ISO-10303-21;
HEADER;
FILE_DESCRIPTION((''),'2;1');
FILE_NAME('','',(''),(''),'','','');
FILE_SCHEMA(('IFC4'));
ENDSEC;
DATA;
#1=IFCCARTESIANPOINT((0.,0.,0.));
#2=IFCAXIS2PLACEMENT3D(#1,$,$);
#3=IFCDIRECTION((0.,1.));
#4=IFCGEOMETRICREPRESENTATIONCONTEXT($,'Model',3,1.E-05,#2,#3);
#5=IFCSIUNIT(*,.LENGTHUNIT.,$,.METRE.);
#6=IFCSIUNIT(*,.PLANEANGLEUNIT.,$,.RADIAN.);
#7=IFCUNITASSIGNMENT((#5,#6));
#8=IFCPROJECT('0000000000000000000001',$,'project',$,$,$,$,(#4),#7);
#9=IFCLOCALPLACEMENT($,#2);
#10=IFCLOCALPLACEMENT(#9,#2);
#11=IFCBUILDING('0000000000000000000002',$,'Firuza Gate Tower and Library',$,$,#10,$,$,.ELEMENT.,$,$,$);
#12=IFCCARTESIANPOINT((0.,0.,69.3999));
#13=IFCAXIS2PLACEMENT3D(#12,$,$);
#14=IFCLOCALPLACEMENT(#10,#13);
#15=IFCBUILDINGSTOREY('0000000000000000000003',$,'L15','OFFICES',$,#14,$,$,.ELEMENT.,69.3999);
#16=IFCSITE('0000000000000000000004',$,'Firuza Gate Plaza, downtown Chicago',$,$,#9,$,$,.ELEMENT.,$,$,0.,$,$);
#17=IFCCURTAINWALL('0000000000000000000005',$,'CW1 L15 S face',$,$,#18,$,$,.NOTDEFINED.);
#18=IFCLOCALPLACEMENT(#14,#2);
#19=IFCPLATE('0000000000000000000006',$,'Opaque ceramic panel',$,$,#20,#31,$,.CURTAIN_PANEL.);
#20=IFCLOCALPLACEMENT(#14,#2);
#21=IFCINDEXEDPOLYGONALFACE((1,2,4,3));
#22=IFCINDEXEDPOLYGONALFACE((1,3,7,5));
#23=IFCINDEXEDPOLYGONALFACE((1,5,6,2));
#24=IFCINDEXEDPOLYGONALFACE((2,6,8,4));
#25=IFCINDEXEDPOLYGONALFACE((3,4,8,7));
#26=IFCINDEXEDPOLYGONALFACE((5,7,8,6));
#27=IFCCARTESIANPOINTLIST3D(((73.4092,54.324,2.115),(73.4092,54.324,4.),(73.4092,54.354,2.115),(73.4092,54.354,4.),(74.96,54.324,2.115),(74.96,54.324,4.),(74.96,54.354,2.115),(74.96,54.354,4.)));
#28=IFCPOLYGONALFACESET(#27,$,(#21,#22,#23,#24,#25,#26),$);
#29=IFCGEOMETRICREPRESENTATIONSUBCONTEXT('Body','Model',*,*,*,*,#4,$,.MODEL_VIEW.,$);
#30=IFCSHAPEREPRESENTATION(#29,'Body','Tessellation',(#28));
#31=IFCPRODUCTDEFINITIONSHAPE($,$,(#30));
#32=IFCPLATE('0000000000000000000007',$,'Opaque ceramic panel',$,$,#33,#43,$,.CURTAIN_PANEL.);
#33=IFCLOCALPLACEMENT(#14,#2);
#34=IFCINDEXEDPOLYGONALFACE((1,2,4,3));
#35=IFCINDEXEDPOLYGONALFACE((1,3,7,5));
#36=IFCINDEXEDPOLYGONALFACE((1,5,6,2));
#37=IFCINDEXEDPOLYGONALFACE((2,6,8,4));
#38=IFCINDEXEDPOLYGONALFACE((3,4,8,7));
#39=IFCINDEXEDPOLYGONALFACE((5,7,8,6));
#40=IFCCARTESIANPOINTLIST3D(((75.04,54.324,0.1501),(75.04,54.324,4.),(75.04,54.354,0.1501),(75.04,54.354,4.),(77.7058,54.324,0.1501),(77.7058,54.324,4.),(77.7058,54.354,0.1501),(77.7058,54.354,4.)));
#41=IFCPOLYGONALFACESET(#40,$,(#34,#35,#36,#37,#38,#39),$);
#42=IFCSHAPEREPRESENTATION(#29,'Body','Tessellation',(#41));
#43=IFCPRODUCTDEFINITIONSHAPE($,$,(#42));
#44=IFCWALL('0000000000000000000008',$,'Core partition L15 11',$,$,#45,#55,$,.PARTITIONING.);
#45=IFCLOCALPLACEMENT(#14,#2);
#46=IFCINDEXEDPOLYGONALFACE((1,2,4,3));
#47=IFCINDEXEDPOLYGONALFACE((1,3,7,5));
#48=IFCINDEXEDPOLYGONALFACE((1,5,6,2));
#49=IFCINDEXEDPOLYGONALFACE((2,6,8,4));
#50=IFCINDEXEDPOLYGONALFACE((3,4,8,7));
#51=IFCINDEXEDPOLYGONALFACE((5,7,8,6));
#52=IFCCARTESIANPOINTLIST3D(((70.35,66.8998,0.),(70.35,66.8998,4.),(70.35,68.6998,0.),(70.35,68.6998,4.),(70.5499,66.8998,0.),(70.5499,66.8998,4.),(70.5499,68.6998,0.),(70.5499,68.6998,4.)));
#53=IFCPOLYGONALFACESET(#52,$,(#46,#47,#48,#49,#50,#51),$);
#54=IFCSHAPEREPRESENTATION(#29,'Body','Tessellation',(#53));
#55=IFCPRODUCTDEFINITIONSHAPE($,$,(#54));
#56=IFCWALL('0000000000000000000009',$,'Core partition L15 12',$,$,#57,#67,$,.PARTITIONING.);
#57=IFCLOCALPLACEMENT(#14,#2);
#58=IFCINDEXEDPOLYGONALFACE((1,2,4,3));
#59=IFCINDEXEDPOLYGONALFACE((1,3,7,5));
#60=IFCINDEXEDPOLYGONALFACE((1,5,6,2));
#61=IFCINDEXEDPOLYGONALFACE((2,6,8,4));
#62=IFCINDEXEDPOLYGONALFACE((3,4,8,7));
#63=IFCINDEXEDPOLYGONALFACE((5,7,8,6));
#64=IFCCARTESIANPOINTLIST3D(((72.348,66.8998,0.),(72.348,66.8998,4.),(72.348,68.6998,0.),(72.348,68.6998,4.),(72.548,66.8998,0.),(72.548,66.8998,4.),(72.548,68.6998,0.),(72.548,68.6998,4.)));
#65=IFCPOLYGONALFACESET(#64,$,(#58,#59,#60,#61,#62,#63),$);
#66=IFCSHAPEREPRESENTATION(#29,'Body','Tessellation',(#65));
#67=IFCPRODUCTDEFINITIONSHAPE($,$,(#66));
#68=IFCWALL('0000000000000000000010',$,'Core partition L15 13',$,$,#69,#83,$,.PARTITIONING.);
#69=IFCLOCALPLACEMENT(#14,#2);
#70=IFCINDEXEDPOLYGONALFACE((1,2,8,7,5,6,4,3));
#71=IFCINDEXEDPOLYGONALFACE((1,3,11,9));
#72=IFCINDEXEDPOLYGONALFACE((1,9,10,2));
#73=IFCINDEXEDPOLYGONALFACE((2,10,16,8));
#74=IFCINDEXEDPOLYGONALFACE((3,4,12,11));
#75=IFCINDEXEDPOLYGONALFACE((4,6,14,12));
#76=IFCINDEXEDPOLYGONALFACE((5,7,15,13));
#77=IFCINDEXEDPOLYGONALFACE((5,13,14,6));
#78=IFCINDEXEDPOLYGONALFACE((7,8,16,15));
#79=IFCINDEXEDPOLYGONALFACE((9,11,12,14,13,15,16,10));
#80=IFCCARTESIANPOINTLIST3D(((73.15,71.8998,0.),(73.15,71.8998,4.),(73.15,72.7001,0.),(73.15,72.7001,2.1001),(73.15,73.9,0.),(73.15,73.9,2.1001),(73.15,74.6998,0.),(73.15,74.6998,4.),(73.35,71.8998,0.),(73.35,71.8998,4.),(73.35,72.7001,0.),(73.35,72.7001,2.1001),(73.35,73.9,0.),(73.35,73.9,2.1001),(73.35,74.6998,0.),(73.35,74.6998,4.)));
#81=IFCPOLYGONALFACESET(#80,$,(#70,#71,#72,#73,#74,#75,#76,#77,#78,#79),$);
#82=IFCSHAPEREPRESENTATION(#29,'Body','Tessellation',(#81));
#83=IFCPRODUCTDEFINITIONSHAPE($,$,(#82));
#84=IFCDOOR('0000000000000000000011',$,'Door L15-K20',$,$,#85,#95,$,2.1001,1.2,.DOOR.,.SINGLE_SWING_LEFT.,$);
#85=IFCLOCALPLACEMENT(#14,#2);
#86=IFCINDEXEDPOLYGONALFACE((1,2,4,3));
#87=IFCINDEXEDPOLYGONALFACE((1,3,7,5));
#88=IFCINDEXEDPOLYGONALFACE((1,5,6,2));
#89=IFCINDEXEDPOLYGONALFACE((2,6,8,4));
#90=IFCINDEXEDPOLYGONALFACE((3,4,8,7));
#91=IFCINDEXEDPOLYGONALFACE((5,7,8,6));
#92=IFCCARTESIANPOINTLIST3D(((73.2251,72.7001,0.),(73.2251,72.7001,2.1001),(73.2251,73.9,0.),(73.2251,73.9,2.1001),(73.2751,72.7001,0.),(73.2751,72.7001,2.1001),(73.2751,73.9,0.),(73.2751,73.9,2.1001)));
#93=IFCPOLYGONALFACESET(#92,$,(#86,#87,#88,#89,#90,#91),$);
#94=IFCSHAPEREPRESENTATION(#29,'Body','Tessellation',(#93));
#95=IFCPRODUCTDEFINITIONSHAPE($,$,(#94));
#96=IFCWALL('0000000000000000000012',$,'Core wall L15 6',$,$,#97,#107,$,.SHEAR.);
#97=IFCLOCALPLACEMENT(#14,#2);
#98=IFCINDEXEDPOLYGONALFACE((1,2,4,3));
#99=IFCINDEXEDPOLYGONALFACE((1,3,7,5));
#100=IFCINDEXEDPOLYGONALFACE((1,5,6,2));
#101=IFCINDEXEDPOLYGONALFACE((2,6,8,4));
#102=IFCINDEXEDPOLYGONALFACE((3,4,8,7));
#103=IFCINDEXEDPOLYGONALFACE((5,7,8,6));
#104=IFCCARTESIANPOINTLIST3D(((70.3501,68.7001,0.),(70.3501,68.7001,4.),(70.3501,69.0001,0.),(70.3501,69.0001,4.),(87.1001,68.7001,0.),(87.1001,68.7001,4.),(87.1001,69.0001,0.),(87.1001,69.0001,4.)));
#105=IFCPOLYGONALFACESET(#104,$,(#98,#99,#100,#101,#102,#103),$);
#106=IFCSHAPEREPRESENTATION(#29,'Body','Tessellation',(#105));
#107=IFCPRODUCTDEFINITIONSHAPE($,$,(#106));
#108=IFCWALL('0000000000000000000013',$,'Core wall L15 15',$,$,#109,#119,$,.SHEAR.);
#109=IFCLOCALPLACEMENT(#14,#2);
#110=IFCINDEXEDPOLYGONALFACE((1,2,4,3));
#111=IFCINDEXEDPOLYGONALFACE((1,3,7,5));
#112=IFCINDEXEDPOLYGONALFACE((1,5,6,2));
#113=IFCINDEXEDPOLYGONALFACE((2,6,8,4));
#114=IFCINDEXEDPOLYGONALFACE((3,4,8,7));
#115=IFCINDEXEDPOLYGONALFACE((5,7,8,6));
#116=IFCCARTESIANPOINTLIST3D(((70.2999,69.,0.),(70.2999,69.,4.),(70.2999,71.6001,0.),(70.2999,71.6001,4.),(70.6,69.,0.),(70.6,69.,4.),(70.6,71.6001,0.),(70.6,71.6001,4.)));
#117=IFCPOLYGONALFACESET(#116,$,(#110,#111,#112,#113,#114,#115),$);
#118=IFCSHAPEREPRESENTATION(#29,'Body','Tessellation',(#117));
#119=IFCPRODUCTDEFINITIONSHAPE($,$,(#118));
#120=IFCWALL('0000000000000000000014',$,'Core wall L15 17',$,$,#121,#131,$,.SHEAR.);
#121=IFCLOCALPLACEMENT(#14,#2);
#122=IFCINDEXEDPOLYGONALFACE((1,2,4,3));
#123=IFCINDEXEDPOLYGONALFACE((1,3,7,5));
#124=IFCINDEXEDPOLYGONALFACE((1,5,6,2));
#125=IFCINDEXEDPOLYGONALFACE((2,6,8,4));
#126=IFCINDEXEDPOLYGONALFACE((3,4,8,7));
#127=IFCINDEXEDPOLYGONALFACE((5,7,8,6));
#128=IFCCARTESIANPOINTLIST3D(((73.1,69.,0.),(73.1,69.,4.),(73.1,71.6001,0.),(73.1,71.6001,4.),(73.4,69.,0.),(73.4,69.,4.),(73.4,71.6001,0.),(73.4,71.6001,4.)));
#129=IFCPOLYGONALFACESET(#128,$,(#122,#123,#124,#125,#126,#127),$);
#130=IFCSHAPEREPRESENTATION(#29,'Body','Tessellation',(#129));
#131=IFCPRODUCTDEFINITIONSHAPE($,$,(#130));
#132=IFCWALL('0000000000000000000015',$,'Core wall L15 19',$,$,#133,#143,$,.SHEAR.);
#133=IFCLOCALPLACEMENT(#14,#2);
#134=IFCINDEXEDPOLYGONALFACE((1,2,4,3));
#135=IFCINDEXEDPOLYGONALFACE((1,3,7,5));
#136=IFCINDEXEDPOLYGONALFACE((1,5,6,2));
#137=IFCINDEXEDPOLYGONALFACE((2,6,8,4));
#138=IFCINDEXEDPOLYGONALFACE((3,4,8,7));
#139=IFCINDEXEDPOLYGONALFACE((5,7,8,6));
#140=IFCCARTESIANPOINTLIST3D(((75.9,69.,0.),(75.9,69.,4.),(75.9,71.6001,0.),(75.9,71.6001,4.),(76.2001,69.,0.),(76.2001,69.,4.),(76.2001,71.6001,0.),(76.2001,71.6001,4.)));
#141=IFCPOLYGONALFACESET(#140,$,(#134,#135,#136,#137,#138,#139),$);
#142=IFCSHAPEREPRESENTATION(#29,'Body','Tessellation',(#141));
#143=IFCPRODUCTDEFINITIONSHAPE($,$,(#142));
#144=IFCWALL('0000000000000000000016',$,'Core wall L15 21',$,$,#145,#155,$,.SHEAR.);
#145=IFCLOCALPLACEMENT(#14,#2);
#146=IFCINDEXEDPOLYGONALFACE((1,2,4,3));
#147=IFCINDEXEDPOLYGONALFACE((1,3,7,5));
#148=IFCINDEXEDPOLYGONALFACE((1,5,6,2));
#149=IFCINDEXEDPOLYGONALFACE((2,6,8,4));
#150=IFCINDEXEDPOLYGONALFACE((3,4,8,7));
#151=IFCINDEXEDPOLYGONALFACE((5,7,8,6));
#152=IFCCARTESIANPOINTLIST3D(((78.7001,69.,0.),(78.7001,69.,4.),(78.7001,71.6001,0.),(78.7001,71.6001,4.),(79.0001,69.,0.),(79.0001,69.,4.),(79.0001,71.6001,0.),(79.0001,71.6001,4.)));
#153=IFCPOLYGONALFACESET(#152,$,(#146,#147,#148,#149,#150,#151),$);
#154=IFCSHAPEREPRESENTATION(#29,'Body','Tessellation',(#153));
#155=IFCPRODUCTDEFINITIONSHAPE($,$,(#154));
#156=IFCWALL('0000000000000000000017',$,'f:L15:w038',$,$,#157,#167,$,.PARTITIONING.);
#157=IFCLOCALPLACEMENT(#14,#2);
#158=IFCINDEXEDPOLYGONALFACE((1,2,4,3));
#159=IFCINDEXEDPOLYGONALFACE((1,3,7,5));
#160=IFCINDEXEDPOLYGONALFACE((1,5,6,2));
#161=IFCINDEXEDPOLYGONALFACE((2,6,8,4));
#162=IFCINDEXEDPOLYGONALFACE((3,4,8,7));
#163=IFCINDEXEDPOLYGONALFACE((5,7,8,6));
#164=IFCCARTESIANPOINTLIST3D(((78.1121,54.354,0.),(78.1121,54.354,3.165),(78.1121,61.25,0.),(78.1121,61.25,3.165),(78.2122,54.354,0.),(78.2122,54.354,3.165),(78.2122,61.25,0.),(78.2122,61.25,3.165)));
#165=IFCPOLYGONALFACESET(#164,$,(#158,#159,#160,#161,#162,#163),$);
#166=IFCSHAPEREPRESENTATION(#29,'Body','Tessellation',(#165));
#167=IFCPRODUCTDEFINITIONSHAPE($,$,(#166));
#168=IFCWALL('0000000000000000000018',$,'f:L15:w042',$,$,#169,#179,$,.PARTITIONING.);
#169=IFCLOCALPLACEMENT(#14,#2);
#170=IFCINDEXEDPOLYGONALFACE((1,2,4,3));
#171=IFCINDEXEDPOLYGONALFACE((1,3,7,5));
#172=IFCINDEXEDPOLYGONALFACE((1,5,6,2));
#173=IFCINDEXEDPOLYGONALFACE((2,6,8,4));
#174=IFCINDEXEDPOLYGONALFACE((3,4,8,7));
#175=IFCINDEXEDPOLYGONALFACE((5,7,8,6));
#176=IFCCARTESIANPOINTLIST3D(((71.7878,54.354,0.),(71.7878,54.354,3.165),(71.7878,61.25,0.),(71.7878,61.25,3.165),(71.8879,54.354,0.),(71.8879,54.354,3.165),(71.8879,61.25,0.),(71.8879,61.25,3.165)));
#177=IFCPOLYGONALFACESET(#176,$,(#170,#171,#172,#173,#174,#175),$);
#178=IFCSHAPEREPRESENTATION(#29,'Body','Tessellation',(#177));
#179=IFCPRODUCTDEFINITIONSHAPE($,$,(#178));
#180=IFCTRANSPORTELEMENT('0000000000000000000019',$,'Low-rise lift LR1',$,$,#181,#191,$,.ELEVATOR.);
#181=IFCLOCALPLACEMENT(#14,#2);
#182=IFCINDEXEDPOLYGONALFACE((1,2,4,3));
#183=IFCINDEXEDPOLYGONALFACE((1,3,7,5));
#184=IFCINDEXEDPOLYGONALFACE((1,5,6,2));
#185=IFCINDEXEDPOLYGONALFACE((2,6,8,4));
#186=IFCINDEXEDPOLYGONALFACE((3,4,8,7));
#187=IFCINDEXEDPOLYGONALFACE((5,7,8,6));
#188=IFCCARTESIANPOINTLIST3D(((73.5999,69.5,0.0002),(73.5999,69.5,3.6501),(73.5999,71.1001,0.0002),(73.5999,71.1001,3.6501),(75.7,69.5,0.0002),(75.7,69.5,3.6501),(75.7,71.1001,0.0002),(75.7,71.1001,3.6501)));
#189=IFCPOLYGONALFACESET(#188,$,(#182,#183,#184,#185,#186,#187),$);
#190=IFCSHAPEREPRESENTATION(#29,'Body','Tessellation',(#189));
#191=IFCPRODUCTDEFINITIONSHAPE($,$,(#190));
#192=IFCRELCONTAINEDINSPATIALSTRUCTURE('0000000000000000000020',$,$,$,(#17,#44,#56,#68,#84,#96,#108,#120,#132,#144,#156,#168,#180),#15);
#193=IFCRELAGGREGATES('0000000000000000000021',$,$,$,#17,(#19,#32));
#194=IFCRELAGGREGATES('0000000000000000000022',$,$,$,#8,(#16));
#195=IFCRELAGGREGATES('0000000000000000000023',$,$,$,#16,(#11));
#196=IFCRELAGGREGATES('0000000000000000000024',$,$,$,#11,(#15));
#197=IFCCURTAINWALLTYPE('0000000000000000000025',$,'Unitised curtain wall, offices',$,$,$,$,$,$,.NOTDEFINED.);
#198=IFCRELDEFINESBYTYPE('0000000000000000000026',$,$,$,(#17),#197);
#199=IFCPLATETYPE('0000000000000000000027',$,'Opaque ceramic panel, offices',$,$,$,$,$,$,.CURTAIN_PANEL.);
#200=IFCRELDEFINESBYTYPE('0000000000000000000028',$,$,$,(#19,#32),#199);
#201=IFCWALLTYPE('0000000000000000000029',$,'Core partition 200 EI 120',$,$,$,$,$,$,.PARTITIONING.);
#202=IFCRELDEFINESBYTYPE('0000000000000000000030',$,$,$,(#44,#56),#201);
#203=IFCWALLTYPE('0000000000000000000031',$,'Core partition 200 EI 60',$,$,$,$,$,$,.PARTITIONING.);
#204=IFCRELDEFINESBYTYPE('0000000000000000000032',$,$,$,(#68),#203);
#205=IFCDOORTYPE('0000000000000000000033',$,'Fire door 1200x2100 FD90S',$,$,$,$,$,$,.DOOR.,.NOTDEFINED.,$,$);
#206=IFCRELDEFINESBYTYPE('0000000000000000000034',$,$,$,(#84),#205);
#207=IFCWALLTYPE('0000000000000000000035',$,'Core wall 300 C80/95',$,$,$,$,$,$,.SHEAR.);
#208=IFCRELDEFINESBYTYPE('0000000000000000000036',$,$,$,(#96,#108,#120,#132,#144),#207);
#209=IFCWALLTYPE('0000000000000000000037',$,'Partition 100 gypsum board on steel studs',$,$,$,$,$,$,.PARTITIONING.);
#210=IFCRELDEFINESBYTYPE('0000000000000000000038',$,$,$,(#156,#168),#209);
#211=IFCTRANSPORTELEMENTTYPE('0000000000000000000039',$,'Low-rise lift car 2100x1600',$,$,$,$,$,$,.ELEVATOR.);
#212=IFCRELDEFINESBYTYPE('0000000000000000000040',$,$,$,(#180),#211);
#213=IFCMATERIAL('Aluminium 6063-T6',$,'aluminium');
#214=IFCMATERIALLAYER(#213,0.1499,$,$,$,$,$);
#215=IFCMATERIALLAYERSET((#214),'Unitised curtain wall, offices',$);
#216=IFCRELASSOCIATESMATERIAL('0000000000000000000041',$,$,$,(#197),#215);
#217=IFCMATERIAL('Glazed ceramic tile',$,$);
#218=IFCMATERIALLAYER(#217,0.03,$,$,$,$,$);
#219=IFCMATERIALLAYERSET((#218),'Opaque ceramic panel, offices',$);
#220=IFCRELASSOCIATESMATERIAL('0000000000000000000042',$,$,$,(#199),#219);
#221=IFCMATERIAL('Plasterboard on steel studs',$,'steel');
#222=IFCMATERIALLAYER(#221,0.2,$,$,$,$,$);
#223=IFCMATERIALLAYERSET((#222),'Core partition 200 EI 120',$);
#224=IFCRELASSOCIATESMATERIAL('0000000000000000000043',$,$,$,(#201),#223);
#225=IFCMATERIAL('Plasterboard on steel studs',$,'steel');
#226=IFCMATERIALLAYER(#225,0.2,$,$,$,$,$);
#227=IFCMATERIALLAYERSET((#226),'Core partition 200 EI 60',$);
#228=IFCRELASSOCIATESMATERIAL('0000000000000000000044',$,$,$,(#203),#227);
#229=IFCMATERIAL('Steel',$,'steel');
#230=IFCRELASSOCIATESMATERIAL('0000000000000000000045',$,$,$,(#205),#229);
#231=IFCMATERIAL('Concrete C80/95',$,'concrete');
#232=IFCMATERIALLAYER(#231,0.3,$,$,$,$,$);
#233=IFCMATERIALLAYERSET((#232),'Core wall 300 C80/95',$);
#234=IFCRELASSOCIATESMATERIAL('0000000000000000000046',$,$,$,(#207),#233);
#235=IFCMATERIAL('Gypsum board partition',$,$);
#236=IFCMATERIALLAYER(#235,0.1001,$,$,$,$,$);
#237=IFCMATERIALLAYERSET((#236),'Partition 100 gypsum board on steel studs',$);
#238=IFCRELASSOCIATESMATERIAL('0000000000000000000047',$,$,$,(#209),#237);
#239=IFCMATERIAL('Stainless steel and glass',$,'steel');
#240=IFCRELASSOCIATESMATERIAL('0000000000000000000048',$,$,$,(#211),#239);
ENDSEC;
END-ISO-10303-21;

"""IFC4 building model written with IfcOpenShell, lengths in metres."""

from ifc_helpers import new_model, si_unit, direction, frame, frame_2d, origin, origin_2d, place, context, subcontext, project, spatial, polyline, rectangle, outline, extrude, material, layer, layer_set, type_object, element, fill, aggregate, save


model = new_model("IFC4")

# Units and contexts
model_context = context("Model", 3, precision=1e-05, world=origin(), true_north=direction((0.0, 1.0)))
body_context = subcontext(model_context, "Body", "Model", "MODEL_VIEW")
ifc_project = project(units=[si_unit("LENGTHUNIT", "METRE"), si_unit("PLANEANGLEUNIT", "RADIAN")], contexts=[model_context])

# Site, building, storey
site_placement = place(None, origin())
site = spatial("IfcSite", under=ifc_project, at=site_placement, Name="Firuza Gate Plaza, downtown Chicago", CompositionType="ELEMENT", RefElevation=0.0)
building_placement = place(site_placement, origin())
building = spatial("IfcBuilding", under=site, at=building_placement, Name="Firuza Gate Tower and Library", CompositionType="ELEMENT")
storey_placement = place(building_placement, frame((0.0, 0.0, 69.3999)))
storey = spatial("IfcBuildingStorey", under=building, at=storey_placement, Name="L15", Description="OFFICES", CompositionType="ELEMENT", Elevation=69.3999)

# Curtain wall
ifc_material_1 = material(Name="Aluminium 6063-T6", Category="aluminium")
ifc_layer_1 = layer(ifc_material_1, 0.1499)
ifc_layer_set_1 = layer_set([ifc_layer_1], Name="Unitised curtain wall, offices")
curtain_wall_type = type_object("IfcCurtainWallType", Name="Unitised curtain wall, offices", PredefinedType="NOTDEFINED", material=ifc_layer_set_1)
curtain_wall_placement = place(storey_placement, origin())
curtain_wall = element("IfcCurtainWall", 1, at=curtain_wall_placement, inside=storey, type_object=curtain_wall_type, Name="CW1 L15 S face", PredefinedType="NOTDEFINED")

# Plates
ifc_material_2 = material(Name="Glazed ceramic tile")
ifc_layer_2 = layer(ifc_material_2, 0.03)
ifc_layer_set_2 = layer_set([ifc_layer_2], Name="Opaque ceramic panel, offices")
plate_type_1 = type_object("IfcPlateType", Name="Opaque ceramic panel, offices", PredefinedType="CURTAIN_PANEL", material=ifc_layer_set_2)
plate_1_placement = place(storey_placement, frame((73.4092, 54.324, 2.115), z_axis=(0.0, -1.0, 0.0), x_axis=(1.0, 0.0, 0.0)))
plate_1 = element("IfcPlate", 2, at=plate_1_placement, type_object=plate_type_1, Name="Opaque ceramic panel", PredefinedType="CURTAIN_PANEL", context=body_context, shape_type="SweptSolid", body=[
    extrude(outline(polyline([(0.0, 0.0), (1.5508, 0.0), (1.5508, 1.885), (0.0, 1.885), (0.0, 0.0)])), origin(), (0.0, 0.0, -1.0), 0.03),
])
plate_2_placement = place(storey_placement, frame((75.04, 54.324, 0.1501), z_axis=(0.0, -1.0, 0.0), x_axis=(1.0, 0.0, 0.0)))
plate_2 = element("IfcPlate", 3, at=plate_2_placement, type_object=plate_type_1, Name="Opaque ceramic panel", PredefinedType="CURTAIN_PANEL", context=body_context, shape_type="SweptSolid", body=[
    extrude(outline(polyline([(0.0, 0.0), (2.6658, 0.0), (2.6658, 3.8499), (0.0, 3.8499), (0.0, 0.0)])), origin(), (0.0, 0.0, -1.0), 0.03),
])
aggregate(curtain_wall, [plate_1, plate_2])

# Walls
ifc_material_3 = material(Name="Plasterboard on steel studs", Category="steel")
ifc_layer_3 = layer(ifc_material_3, 0.2)
ifc_layer_set_3 = layer_set([ifc_layer_3], Name="Core partition 200 EI 120")
wall_type_1 = type_object("IfcWallType", Name="Core partition 200 EI 120", PredefinedType="PARTITIONING", material=ifc_layer_set_3)
for number, where, z_axis, x_axis, name in (
    (4, (70.45, 66.8999, 0.0), (0.0, 0.0, 1.0), (0.0, 1.0, 0.0), "Core partition L15 11"),
    (5, (72.448, 66.8999, 0.0), (0.0, 0.0, 1.0), (0.0, 1.0, 0.0), "Core partition L15 12"),
):
    element("IfcWall", number, at=place(storey_placement, frame(where, z_axis=z_axis, x_axis=x_axis)), inside=storey, type_object=wall_type_1, Name=name, PredefinedType="PARTITIONING", context=body_context, shape_type="SweptSolid", body=[
        extrude(rectangle(XDim=1.8, YDim=0.2, at=frame_2d((0.8999, 0.0))), origin(), (0.0, 0.0, 1.0), 4.0),
    ])

# Wall, opening, door
ifc_material_4 = material(Name="Plasterboard on steel studs", Category="steel")
ifc_layer_4 = layer(ifc_material_4, 0.2)
ifc_layer_set_4 = layer_set([ifc_layer_4], Name="Core partition 200 EI 60")
wall_type_2 = type_object("IfcWallType", Name="Core partition 200 EI 60", PredefinedType="PARTITIONING", material=ifc_layer_set_4)
wall_1_placement = place(storey_placement, frame((73.25, 71.8999, 0.0), z_axis=(0.0, 0.0, 1.0), x_axis=(0.0, 1.0, 0.0)))
wall_1 = element("IfcWall", 6, at=wall_1_placement, inside=storey, type_object=wall_type_2, Name="Core partition L15 13", PredefinedType="PARTITIONING", context=body_context, shape_type="SweptSolid", body=[
    extrude(rectangle(XDim=2.8, YDim=0.2, at=frame_2d((1.3999, 0.0))), origin(), (0.0, 0.0, 1.0), 4.0),
])
opening_placement = place(wall_1_placement, frame((0.8, 0.0, 0.0)))
opening = element("IfcOpeningElement", 7, at=opening_placement, cuts=wall_1, PredefinedType="OPENING", context=body_context, shape_type="SweptSolid", body=[
    extrude(rectangle(XDim=1.2, YDim=2.1001, at=frame_2d((0.6001, 1.05))), frame((0.0, 0.1099, 0.0), z_axis=(0.0, -1.0, 0.0), x_axis=(1.0, 0.0, 0.0)), (0.0, 0.0, 1.0), 0.22),
])
ifc_material_5 = material(Name="Steel", Category="steel")
door_type = type_object("IfcDoorType", Name="Fire door 1200x2100 FD90S", OperationType="NOTDEFINED", PredefinedType="DOOR", material=ifc_material_5)
door_placement = place(opening_placement, origin())
door = element("IfcDoor", 8, at=door_placement, inside=storey, type_object=door_type, Name="Door L15-K20", OperationType="SINGLE_SWING_LEFT", OverallHeight=2.1001, OverallWidth=1.2, PredefinedType="DOOR", context=body_context, shape_type="SweptSolid", body=[
    extrude(rectangle(XDim=1.2, YDim=2.1001, at=frame_2d((0.6001, 1.05))), frame((0.0, 0.0249, 0.0), z_axis=(0.0, -1.0, 0.0), x_axis=(1.0, 0.0, 0.0)), (0.0, 0.0, 1.0), 0.05),
])
fill(opening, door)

# Walls
ifc_material_6 = material(Name="Concrete C80/95", Category="concrete")
ifc_layer_5 = layer(ifc_material_6, 0.3)
ifc_layer_set_5 = layer_set([ifc_layer_5], Name="Core wall 300 C80/95")
wall_type_3 = type_object("IfcWallType", Name="Core wall 300 C80/95", PredefinedType="SHEAR", material=ifc_layer_set_5)
wall_2_placement = place(storey_placement, frame((70.3501, 68.8501, 0.0), z_axis=(0.0, 0.0, 1.0), x_axis=(1.0, 0.0, 0.0)))
element("IfcWall", 9, at=wall_2_placement, inside=storey, type_object=wall_type_3, Name="Core wall L15 6", PredefinedType="SHEAR", context=body_context, shape_type="SweptSolid", body=[
    extrude(rectangle(XDim=16.75, YDim=0.3, at=frame_2d((8.375, 0.0))), origin(), (0.0, 0.0, 1.0), 4.0),
])
for number, where, z_axis, x_axis, name in (
    (10, (70.45, 69.0, 0.0), (0.0, 0.0, 1.0), (0.0, 1.0, 0.0), "Core wall L15 15"),
    (11, (73.25, 69.0, 0.0), (0.0, 0.0, 1.0), (0.0, 1.0, 0.0), "Core wall L15 17"),
    (12, (76.05, 69.0, 0.0), (0.0, 0.0, 1.0), (0.0, 1.0, 0.0), "Core wall L15 19"),
    (13, (78.8501, 69.0, 0.0), (0.0, 0.0, 1.0), (0.0, 1.0, 0.0), "Core wall L15 21"),
):
    element("IfcWall", number, at=place(storey_placement, frame(where, z_axis=z_axis, x_axis=x_axis)), inside=storey, type_object=wall_type_3, Name=name, PredefinedType="SHEAR", context=body_context, shape_type="SweptSolid", body=[
        extrude(rectangle(XDim=2.6001, YDim=0.3, at=frame_2d((1.3, 0.0))), origin(), (0.0, 0.0, 1.0), 4.0),
    ])
ifc_material_7 = material(Name="Gypsum board partition")
ifc_layer_6 = layer(ifc_material_7, 0.1001)
ifc_layer_set_6 = layer_set([ifc_layer_6], Name="Partition 100 gypsum board on steel studs")
wall_type_4 = type_object("IfcWallType", Name="Partition 100 gypsum board on steel studs", PredefinedType="PARTITIONING", material=ifc_layer_set_6)
for number, where, z_axis, x_axis, name in (
    (14, (78.1621, 54.354, 0.0), (0.0, 0.0, 1.0), (0.0, 1.0, 0.0), "f:L15:w038"),
    (15, (71.8379, 54.354, 0.0), (0.0, 0.0, 1.0), (0.0, 1.0, 0.0), "f:L15:w042"),
):
    element("IfcWall", number, at=place(storey_placement, frame(where, z_axis=z_axis, x_axis=x_axis)), inside=storey, type_object=wall_type_4, Name=name, PredefinedType="PARTITIONING", context=body_context, shape_type="SweptSolid", body=[
        extrude(rectangle(XDim=6.896, YDim=0.1001, at=frame_2d((3.448, 0.0))), origin(), (0.0, 0.0, 1.0), 3.165),
    ])

# Transport element
ifc_material_8 = material(Name="Stainless steel and glass", Category="steel")
transport_element_type = type_object("IfcTransportElementType", Name="Low-rise lift car 2100x1600", PredefinedType="ELEVATOR", material=ifc_material_8)
for number, where, z_axis, x_axis, name in (
    (16, (74.6499, 70.3, 0.0002), (0.0, 0.0, 1.0), (1.0, 0.0, 0.0), "Low-rise lift LR1"),
):
    element("IfcTransportElement", number, at=place(storey_placement, frame(where, z_axis=z_axis, x_axis=x_axis)), inside=storey, type_object=transport_element_type, Name=name, PredefinedType="ELEVATOR", context=body_context, shape_type="SweptSolid", body=[
        extrude(rectangle(XDim=2.1001, YDim=1.6001, at=origin_2d()), origin(), (0.0, 0.0, 1.0), 3.6499),
    ])

save(model, "model.ifc")
